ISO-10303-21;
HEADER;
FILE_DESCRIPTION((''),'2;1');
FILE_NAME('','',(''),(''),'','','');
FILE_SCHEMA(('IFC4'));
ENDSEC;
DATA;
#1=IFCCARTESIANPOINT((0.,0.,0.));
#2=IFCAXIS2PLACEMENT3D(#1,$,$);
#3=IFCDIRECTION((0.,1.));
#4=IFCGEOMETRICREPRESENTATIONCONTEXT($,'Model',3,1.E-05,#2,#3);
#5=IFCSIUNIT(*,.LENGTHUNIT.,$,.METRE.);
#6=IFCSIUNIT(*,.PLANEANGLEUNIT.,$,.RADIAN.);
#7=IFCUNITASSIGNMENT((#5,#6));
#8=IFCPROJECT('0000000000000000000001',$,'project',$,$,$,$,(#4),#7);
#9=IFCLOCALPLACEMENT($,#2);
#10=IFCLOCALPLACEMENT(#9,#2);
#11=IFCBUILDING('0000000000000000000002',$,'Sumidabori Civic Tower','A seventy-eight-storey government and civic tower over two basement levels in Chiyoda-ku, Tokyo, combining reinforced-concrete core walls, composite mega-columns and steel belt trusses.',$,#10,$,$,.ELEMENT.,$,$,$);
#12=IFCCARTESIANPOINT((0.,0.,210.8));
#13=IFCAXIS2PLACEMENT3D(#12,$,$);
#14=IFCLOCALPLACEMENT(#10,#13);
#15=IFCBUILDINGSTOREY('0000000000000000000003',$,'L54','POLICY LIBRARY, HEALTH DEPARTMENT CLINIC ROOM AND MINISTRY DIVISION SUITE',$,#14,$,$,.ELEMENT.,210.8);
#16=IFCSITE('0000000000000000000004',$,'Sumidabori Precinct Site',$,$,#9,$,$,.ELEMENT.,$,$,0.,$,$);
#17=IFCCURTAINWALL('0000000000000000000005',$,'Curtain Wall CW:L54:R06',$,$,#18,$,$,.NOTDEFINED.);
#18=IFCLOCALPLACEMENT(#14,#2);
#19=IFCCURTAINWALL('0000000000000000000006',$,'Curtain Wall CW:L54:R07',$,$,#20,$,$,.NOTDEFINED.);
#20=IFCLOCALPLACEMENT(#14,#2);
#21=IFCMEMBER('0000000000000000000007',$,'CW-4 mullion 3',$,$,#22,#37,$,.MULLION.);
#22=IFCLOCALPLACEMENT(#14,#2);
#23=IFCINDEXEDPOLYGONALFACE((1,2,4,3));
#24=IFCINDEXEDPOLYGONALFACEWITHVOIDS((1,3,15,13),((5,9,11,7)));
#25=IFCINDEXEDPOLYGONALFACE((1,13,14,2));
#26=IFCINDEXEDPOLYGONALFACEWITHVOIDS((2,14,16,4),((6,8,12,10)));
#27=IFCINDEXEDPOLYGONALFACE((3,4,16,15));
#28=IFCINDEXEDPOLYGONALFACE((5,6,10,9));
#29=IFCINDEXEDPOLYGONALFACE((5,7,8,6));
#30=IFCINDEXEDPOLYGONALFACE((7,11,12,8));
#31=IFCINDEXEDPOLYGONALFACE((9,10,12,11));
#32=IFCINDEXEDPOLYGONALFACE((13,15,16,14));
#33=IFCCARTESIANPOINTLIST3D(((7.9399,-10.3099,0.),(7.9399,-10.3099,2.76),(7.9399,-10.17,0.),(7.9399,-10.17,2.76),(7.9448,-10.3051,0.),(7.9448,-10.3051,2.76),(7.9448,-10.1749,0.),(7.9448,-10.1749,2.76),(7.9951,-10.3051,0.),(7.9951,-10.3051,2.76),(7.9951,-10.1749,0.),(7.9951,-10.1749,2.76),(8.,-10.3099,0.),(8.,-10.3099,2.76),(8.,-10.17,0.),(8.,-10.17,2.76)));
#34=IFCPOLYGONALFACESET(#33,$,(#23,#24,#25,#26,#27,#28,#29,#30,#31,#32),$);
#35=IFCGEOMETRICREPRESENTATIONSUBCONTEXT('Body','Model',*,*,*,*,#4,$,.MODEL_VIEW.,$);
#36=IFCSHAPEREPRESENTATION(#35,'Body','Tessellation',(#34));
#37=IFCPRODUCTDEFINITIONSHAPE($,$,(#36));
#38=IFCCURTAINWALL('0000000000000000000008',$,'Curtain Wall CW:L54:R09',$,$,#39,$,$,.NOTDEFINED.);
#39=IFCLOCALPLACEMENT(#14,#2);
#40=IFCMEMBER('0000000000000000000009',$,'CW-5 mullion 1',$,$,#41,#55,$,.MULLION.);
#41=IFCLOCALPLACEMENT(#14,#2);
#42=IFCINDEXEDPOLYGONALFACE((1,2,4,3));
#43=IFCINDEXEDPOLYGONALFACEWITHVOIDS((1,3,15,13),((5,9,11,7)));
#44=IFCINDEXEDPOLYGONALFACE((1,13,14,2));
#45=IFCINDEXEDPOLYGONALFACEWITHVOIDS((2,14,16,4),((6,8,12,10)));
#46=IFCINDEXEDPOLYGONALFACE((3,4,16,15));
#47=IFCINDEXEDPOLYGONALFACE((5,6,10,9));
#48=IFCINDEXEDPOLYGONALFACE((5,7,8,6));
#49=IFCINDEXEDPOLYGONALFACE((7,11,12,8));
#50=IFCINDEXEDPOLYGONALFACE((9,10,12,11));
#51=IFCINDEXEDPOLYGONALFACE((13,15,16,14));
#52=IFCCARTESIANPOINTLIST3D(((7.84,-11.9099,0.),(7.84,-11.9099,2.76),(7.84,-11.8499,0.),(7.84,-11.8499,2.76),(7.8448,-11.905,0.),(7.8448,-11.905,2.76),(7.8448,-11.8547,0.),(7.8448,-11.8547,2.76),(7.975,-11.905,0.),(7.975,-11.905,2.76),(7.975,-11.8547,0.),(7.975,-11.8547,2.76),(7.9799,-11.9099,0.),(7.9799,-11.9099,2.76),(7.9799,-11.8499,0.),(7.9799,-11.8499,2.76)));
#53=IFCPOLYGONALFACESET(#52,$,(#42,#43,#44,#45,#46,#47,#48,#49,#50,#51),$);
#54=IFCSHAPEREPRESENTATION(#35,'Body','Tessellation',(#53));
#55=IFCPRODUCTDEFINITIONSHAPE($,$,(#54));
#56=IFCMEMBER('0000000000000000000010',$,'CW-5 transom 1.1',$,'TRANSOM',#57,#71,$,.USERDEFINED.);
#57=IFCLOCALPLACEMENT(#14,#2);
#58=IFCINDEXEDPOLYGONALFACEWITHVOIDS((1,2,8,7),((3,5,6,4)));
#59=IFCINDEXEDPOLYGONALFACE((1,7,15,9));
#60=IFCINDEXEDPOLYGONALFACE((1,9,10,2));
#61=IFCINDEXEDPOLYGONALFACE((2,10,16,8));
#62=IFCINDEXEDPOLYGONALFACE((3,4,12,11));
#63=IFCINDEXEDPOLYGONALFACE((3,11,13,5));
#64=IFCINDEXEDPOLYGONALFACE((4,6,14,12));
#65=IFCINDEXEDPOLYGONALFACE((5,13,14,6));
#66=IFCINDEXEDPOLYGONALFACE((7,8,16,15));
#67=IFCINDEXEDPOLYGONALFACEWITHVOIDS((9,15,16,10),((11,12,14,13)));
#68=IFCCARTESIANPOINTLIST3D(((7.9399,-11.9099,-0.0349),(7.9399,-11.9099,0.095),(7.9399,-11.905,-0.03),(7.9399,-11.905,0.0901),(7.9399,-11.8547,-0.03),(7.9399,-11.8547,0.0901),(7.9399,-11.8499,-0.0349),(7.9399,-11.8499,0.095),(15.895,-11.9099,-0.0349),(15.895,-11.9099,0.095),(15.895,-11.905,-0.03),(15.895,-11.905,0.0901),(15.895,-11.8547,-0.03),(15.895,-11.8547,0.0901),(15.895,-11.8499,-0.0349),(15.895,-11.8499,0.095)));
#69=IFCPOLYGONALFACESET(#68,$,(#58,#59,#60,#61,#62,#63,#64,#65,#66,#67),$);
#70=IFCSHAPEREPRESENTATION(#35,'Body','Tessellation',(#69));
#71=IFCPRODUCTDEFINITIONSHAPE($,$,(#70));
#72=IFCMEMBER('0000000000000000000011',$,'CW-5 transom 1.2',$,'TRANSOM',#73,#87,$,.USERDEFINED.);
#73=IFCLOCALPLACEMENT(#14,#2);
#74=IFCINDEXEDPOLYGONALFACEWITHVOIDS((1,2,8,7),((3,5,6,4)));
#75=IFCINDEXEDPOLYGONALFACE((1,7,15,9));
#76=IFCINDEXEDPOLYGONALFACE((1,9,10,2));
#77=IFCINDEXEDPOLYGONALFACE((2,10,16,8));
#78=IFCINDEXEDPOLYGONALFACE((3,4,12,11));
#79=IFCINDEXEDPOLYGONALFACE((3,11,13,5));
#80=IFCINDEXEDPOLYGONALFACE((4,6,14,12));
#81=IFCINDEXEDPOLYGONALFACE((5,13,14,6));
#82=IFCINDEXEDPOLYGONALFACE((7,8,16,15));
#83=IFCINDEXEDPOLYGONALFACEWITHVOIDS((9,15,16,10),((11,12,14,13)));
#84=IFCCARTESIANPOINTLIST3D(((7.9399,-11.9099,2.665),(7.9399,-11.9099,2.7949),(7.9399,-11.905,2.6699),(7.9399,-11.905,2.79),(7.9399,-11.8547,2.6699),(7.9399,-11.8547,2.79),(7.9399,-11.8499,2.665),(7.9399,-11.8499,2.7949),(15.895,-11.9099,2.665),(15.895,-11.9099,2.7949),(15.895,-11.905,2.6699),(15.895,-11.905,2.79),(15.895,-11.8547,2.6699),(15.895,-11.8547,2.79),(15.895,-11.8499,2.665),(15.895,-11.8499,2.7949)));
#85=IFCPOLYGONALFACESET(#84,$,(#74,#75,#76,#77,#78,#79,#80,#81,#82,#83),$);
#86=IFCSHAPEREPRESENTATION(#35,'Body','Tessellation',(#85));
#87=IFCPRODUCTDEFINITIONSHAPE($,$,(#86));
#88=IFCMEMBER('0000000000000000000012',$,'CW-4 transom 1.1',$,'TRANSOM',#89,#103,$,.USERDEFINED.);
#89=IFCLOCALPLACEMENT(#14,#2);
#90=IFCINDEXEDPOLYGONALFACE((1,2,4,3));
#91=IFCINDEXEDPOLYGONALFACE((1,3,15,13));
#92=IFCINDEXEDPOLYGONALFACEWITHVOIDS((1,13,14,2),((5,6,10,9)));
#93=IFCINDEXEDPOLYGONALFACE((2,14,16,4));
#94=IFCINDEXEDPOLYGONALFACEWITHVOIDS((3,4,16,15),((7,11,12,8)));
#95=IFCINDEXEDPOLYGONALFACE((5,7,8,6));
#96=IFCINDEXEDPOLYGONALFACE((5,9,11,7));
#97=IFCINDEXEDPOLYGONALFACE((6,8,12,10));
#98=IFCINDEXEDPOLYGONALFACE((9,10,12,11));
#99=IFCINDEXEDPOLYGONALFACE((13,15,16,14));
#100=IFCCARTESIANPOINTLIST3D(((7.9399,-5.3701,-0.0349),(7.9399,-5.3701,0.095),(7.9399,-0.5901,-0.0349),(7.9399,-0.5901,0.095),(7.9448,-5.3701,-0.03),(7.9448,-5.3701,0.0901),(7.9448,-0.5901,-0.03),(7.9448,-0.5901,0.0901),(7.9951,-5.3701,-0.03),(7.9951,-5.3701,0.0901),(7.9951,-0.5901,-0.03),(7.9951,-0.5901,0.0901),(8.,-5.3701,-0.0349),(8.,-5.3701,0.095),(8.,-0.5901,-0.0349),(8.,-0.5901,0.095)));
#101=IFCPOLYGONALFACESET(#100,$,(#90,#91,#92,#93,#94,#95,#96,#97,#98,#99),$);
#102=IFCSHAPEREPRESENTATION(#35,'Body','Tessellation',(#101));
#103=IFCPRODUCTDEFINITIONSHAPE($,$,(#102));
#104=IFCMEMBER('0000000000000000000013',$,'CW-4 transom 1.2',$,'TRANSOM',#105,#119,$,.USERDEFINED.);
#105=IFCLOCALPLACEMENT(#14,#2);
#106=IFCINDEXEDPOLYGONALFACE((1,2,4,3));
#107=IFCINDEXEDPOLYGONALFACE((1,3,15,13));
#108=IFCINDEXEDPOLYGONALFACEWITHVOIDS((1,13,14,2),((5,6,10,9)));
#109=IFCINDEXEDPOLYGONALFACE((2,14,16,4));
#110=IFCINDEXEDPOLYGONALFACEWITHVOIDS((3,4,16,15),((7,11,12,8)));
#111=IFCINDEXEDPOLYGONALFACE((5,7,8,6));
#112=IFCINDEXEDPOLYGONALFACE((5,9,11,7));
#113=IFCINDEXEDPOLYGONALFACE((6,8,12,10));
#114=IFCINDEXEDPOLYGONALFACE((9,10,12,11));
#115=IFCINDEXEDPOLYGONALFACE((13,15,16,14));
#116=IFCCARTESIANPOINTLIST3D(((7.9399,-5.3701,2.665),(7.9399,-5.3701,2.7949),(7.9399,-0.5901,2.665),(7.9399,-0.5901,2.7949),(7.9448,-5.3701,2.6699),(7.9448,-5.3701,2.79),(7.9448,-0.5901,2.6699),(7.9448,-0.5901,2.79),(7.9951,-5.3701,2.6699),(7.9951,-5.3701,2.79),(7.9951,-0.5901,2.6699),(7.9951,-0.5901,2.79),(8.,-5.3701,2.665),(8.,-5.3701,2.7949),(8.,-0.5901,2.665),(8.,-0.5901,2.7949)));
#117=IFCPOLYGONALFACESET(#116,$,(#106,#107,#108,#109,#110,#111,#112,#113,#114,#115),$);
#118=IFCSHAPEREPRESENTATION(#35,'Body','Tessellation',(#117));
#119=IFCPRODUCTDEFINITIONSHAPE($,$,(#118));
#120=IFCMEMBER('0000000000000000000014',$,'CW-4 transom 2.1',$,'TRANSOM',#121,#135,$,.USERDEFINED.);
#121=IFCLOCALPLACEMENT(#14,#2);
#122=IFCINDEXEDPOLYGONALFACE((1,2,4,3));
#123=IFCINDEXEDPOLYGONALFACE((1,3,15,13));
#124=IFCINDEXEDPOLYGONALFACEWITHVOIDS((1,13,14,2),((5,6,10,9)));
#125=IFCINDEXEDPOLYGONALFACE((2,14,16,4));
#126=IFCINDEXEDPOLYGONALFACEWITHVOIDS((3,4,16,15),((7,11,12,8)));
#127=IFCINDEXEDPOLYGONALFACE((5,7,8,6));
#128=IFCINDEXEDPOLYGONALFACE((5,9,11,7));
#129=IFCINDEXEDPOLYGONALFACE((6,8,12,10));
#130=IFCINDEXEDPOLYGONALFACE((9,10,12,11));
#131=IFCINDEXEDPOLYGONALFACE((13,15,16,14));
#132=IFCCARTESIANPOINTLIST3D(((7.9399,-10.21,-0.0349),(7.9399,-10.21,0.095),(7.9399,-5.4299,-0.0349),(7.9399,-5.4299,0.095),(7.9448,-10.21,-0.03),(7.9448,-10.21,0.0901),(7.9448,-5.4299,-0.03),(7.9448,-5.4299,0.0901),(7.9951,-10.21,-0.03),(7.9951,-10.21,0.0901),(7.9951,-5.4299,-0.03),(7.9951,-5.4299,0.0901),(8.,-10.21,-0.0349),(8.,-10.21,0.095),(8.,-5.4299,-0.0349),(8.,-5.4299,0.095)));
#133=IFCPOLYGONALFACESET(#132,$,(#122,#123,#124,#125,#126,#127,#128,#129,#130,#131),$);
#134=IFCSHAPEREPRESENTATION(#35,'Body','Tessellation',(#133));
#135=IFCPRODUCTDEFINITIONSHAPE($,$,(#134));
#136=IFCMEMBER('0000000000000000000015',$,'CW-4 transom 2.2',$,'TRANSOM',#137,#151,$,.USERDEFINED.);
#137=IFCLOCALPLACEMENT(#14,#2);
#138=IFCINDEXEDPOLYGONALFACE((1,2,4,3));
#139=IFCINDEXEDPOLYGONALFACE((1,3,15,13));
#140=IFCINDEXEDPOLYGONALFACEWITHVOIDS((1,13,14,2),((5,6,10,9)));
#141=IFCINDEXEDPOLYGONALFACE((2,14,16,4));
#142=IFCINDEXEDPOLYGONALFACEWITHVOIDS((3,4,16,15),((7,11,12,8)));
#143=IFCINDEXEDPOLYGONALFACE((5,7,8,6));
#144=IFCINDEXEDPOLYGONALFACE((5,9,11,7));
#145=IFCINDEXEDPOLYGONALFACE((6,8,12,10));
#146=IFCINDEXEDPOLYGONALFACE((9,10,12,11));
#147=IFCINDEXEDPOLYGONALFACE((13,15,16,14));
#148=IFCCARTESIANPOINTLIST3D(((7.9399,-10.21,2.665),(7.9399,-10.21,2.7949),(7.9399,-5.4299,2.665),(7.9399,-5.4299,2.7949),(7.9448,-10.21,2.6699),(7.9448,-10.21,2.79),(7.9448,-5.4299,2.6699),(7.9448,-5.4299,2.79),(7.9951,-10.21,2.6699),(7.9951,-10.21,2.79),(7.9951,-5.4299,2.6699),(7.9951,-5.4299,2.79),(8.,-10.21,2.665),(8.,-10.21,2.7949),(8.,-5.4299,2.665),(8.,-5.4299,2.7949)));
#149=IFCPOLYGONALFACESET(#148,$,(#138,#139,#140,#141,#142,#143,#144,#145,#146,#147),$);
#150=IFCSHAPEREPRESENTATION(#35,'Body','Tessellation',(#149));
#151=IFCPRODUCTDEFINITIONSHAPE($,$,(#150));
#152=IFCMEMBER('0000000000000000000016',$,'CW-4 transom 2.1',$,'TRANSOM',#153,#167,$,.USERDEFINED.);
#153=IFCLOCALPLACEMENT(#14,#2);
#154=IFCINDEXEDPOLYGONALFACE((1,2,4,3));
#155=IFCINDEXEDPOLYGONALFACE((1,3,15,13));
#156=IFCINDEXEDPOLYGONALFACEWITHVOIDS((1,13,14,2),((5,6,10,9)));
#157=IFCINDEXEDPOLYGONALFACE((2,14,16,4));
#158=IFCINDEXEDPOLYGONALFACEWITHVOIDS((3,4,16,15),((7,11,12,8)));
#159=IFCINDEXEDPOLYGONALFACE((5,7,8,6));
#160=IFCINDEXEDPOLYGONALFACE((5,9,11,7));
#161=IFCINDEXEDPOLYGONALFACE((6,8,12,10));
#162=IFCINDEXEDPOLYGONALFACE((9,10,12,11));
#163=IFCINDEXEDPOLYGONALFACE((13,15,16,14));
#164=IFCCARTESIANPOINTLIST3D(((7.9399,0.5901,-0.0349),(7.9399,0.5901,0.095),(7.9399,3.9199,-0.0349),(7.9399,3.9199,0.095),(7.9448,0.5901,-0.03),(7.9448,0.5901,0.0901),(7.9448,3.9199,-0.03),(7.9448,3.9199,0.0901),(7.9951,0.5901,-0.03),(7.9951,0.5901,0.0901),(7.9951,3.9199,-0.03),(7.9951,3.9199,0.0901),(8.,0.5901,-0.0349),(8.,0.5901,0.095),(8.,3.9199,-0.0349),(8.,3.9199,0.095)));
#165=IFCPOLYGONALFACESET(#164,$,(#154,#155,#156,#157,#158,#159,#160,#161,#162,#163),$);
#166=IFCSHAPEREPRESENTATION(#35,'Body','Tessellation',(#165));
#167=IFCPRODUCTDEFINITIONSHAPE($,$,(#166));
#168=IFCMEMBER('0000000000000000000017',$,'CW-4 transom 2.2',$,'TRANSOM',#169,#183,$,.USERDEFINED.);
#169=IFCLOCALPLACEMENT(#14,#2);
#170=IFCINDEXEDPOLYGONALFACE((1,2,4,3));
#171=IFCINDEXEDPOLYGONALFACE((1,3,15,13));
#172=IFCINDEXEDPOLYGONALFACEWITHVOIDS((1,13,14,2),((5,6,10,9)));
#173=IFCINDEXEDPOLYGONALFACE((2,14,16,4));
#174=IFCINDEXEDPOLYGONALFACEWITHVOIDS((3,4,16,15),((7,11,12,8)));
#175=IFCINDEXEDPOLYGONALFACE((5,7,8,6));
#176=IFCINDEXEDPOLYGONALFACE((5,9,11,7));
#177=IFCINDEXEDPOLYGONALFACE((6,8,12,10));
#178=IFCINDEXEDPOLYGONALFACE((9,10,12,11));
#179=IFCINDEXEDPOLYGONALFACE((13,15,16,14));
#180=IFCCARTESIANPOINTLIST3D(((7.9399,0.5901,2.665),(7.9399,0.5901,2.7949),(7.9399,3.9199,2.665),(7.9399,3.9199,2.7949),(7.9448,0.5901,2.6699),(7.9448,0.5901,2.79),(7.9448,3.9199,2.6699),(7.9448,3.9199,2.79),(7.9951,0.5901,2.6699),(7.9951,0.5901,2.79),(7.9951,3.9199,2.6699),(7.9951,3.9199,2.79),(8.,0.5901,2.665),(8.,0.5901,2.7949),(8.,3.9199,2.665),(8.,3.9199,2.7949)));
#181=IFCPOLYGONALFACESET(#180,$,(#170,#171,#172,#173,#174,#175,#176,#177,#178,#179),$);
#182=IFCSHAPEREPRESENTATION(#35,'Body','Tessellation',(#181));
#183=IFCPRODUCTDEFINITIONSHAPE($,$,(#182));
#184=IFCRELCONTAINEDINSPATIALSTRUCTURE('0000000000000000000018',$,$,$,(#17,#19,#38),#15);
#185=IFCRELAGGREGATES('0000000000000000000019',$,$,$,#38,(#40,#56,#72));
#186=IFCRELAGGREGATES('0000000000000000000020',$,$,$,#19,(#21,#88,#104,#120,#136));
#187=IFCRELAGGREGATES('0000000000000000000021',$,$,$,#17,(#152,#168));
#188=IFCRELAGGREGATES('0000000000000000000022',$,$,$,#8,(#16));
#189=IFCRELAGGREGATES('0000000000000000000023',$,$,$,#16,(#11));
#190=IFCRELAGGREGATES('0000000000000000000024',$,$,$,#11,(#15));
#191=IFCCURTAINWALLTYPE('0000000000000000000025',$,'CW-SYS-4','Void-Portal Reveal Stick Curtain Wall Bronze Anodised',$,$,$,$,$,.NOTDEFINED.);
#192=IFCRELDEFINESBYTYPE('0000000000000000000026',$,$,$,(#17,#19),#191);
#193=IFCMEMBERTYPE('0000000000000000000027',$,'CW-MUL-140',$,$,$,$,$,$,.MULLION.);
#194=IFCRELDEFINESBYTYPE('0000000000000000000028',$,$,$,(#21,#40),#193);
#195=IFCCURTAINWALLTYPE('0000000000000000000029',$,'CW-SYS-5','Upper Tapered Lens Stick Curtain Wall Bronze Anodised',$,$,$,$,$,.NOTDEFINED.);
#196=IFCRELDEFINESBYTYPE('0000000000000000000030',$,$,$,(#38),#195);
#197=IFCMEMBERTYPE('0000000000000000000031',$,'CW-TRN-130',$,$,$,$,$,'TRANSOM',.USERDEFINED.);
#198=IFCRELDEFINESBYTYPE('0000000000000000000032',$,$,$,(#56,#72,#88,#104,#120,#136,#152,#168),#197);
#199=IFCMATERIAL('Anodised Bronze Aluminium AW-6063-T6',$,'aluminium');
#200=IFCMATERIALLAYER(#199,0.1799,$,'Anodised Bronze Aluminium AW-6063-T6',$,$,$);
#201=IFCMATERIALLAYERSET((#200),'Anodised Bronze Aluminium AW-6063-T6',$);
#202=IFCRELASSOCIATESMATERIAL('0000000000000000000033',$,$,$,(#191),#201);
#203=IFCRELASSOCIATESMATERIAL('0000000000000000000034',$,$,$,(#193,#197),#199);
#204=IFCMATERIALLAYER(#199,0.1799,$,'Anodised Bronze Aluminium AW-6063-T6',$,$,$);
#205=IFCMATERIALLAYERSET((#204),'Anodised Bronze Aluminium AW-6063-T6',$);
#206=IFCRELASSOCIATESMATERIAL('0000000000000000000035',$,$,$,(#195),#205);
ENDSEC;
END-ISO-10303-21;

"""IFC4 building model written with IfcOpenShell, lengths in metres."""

from ifc_helpers import new_model, si_unit, direction, frame, origin, origin_2d, place, context, subcontext, project, spatial, hollow_rectangle, extrude, source, transform, mapped, material, layer, layer_set, material_profile, profile_set, type_object, element, aggregate, save


model = new_model("IFC4")

# Units and contexts
model_context = context("Model", 3, precision=1e-05, world=origin(), true_north=direction((0.0, 1.0)))
body_context = subcontext(model_context, "Body", "Model", "MODEL_VIEW")
ifc_project = project(units=[si_unit("LENGTHUNIT", "METRE"), si_unit("PLANEANGLEUNIT", "RADIAN")], contexts=[model_context])

# Site, building, storey
site_placement = place(None, origin())
site = spatial("IfcSite", under=ifc_project, at=site_placement, Name="Sumidabori Precinct Site", CompositionType="ELEMENT", RefElevation=0.0)
building_placement = place(site_placement, origin())
building = spatial("IfcBuilding", under=site, at=building_placement, Name="Sumidabori Civic Tower", Description="A seventy-eight-storey government and civic tower over two basement levels in Chiyoda-ku, Tokyo, combining reinforced-concrete core walls, composite mega-columns and steel belt trusses.", CompositionType="ELEMENT")
storey_placement = place(building_placement, frame((0.0, 0.0, 210.8)))
storey = spatial("IfcBuildingStorey", under=building, at=storey_placement, Name="L54", Description="POLICY LIBRARY, HEALTH DEPARTMENT CLINIC ROOM AND MINISTRY DIVISION SUITE", CompositionType="ELEMENT", Elevation=210.8)

# Curtain walls, members
ifc_material_1 = material(Name="Anodised Bronze Aluminium AW-6063-T6", Category="aluminium")
ifc_layer_1 = layer(ifc_material_1, 0.1799, Name="Anodised Bronze Aluminium AW-6063-T6")
ifc_layer_set_1 = layer_set([ifc_layer_1], Name="Anodised Bronze Aluminium AW-6063-T6")
curtain_wall_type_1 = type_object("IfcCurtainWallType", Name="CW-SYS-4", Description="Void-Portal Reveal Stick Curtain Wall Bronze Anodised", PredefinedType="NOTDEFINED", material=ifc_layer_set_1)
curtain_wall_1_placement = place(storey_placement, origin())
curtain_wall_1 = element("IfcCurtainWall", 1, at=curtain_wall_1_placement, inside=storey, type_object=curtain_wall_type_1, Name="Curtain Wall CW:L54:R06", PredefinedType="NOTDEFINED")
ifc_material_profile_1 = material_profile(ifc_material_1, hollow_rectangle(XDim=0.0601, YDim=0.1399, WallThickness=0.0049, at=origin_2d()), Name="ALU MULLION 140x60")
ifc_profile_set_1 = profile_set([ifc_material_profile_1], Name="Anodised Bronze Aluminium AW-6063-T6")
member_type_1 = type_object("IfcMemberType", Name="CW-MUL-140", PredefinedType="MULLION", material=ifc_profile_set_1)
shared_shape_1 = source(origin(), body_context, "Body", "SweptSolid", [
    extrude(hollow_rectangle(XDim=0.0601, YDim=0.1399, WallThickness=0.0049, at=origin_2d()), origin(), (0.0, 0.0, 1.0), 2.76),
])
curtain_wall_2_placement = place(storey_placement, origin())
curtain_wall_2 = element("IfcCurtainWall", 2, at=curtain_wall_2_placement, inside=storey, type_object=curtain_wall_type_1, Name="Curtain Wall CW:L54:R07", PredefinedType="NOTDEFINED")
member_1_placement = place(storey_placement, frame((7.97, -10.24, 0.0), z_axis=(0.0, 0.0, 1.0), x_axis=(1.0, 0.0, 0.0)))
member_1 = element("IfcMember", 3, at=member_1_placement, type_object=member_type_1, Name="CW-4 mullion 3", PredefinedType="MULLION", context=body_context, shape_type="MappedRepresentation", body=[
    mapped(shared_shape_1, transform((0.0, 0.0, 0.0), x_axis=(1.0, 0.0, 0.0), y_axis=(0.0, 1.0, 0.0), z_axis=(0.0, 0.0, 1.0), scale=1.0)),
])
ifc_layer_2 = layer(ifc_material_1, 0.1799, Name="Anodised Bronze Aluminium AW-6063-T6")
ifc_layer_set_2 = layer_set([ifc_layer_2], Name="Anodised Bronze Aluminium AW-6063-T6")
curtain_wall_type_2 = type_object("IfcCurtainWallType", Name="CW-SYS-5", Description="Upper Tapered Lens Stick Curtain Wall Bronze Anodised", PredefinedType="NOTDEFINED", material=ifc_layer_set_2)
curtain_wall_3_placement = place(storey_placement, origin())
curtain_wall_3 = element("IfcCurtainWall", 4, at=curtain_wall_3_placement, inside=storey, type_object=curtain_wall_type_2, Name="Curtain Wall CW:L54:R09", PredefinedType="NOTDEFINED")
member_2_placement = place(storey_placement, frame((7.9099, -11.8799, 0.0), z_axis=(0.0, 0.0, 1.0), x_axis=(0.0, 1.0, 0.0)))
member_2 = element("IfcMember", 5, at=member_2_placement, type_object=member_type_1, Name="CW-5 mullion 1", PredefinedType="MULLION", context=body_context, shape_type="MappedRepresentation", body=[
    mapped(shared_shape_1, transform((0.0, 0.0, 0.0), x_axis=(1.0, 0.0, 0.0), y_axis=(0.0, 1.0, 0.0), z_axis=(0.0, 0.0, 1.0), scale=1.0)),
])
ifc_material_profile_2 = material_profile(ifc_material_1, hollow_rectangle(XDim=0.0601, YDim=0.1299, WallThickness=0.0049, at=origin_2d()), Name="ALU TRANSOM 130x60")
ifc_profile_set_2 = profile_set([ifc_material_profile_2], Name="Anodised Bronze Aluminium AW-6063-T6")
member_type_2 = type_object("IfcMemberType", Name="CW-TRN-130", ElementType="TRANSOM", PredefinedType="USERDEFINED", material=ifc_profile_set_2)
shared_shape_2 = source(origin(), body_context, "Body", "SweptSolid", [
    extrude(hollow_rectangle(XDim=0.0601, YDim=0.1299, WallThickness=0.0049, at=origin_2d()), origin(), (0.0, 0.0, 1.0), 7.9551),
])
member_3_placement = place(storey_placement, frame((7.9399, -11.8799, 0.03), z_axis=(1.0, 0.0, 0.0), x_axis=(0.0, 1.0, 0.0)))
member_3 = element("IfcMember", 6, at=member_3_placement, type_object=member_type_2, Name="CW-5 transom 1.1", ObjectType="TRANSOM", PredefinedType="USERDEFINED", context=body_context, shape_type="MappedRepresentation", body=[
    mapped(shared_shape_2, transform((0.0, 0.0, 0.0), x_axis=(1.0, 0.0, 0.0), y_axis=(0.0, 1.0, 0.0), z_axis=(0.0, 0.0, 1.0), scale=1.0)),
])
member_4_placement = place(storey_placement, frame((7.9399, -11.8799, 2.73), z_axis=(1.0, 0.0, 0.0), x_axis=(0.0, 1.0, 0.0)))
member_4 = element("IfcMember", 7, at=member_4_placement, type_object=member_type_2, Name="CW-5 transom 1.2", ObjectType="TRANSOM", PredefinedType="USERDEFINED", context=body_context, shape_type="MappedRepresentation", body=[
    mapped(shared_shape_2, transform((0.0, 0.0, 0.0), x_axis=(1.0, 0.0, 0.0), y_axis=(0.0, 1.0, 0.0), z_axis=(0.0, 0.0, 1.0), scale=1.0)),
])
aggregate(curtain_wall_3, [member_2, member_3, member_4])

# Members
shared_shape_3 = source(origin(), body_context, "Body", "SweptSolid", [
    extrude(hollow_rectangle(XDim=0.0601, YDim=0.1299, WallThickness=0.0049, at=origin_2d()), origin(), (0.0, 0.0, 1.0), 4.78),
])
member_5_placement = place(storey_placement, frame((7.97, -0.5901, 0.03), z_axis=(0.0, -1.0, 0.0), x_axis=(1.0, 0.0, 0.0)))
member_5 = element("IfcMember", 8, at=member_5_placement, type_object=member_type_2, Name="CW-4 transom 1.1", ObjectType="TRANSOM", PredefinedType="USERDEFINED", context=body_context, shape_type="MappedRepresentation", body=[
    mapped(shared_shape_3, transform((0.0, 0.0, 0.0), x_axis=(1.0, 0.0, 0.0), y_axis=(0.0, 1.0, 0.0), z_axis=(0.0, 0.0, 1.0), scale=1.0)),
])
member_6_placement = place(storey_placement, frame((7.97, -0.5901, 2.73), z_axis=(0.0, -1.0, 0.0), x_axis=(1.0, 0.0, 0.0)))
member_6 = element("IfcMember", 9, at=member_6_placement, type_object=member_type_2, Name="CW-4 transom 1.2", ObjectType="TRANSOM", PredefinedType="USERDEFINED", context=body_context, shape_type="MappedRepresentation", body=[
    mapped(shared_shape_3, transform((0.0, 0.0, 0.0), x_axis=(1.0, 0.0, 0.0), y_axis=(0.0, 1.0, 0.0), z_axis=(0.0, 0.0, 1.0), scale=1.0)),
])
member_7_placement = place(storey_placement, frame((7.97, -5.4299, 0.03), z_axis=(0.0, -1.0, 0.0), x_axis=(1.0, 0.0, 0.0)))
member_7 = element("IfcMember", 10, at=member_7_placement, type_object=member_type_2, Name="CW-4 transom 2.1", ObjectType="TRANSOM", PredefinedType="USERDEFINED", context=body_context, shape_type="MappedRepresentation", body=[
    mapped(shared_shape_3, transform((0.0, 0.0, 0.0), x_axis=(1.0, 0.0, 0.0), y_axis=(0.0, 1.0, 0.0), z_axis=(0.0, 0.0, 1.0), scale=1.0)),
])
member_8_placement = place(storey_placement, frame((7.97, -5.4299, 2.73), z_axis=(0.0, -1.0, 0.0), x_axis=(1.0, 0.0, 0.0)))
member_8 = element("IfcMember", 11, at=member_8_placement, type_object=member_type_2, Name="CW-4 transom 2.2", ObjectType="TRANSOM", PredefinedType="USERDEFINED", context=body_context, shape_type="MappedRepresentation", body=[
    mapped(shared_shape_3, transform((0.0, 0.0, 0.0), x_axis=(1.0, 0.0, 0.0), y_axis=(0.0, 1.0, 0.0), z_axis=(0.0, 0.0, 1.0), scale=1.0)),
])
shared_shape_4 = source(origin(), body_context, "Body", "SweptSolid", [
    extrude(hollow_rectangle(XDim=0.0601, YDim=0.1299, WallThickness=0.0049, at=origin_2d()), origin(), (0.0, 0.0, 1.0), 3.3298),
])
member_9_placement = place(storey_placement, frame((7.97, 3.9199, 0.03), z_axis=(0.0, -1.0, 0.0), x_axis=(1.0, 0.0, 0.0)))
member_9 = element("IfcMember", 12, at=member_9_placement, type_object=member_type_2, Name="CW-4 transom 2.1", ObjectType="TRANSOM", PredefinedType="USERDEFINED", context=body_context, shape_type="MappedRepresentation", body=[
    mapped(shared_shape_4, transform((0.0, 0.0, 0.0), x_axis=(1.0, 0.0, 0.0), y_axis=(0.0, 1.0, 0.0), z_axis=(0.0, 0.0, 1.0), scale=1.0)),
])
member_10_placement = place(storey_placement, frame((7.97, 3.9199, 2.73), z_axis=(0.0, -1.0, 0.0), x_axis=(1.0, 0.0, 0.0)))
member_10 = element("IfcMember", 13, at=member_10_placement, type_object=member_type_2, Name="CW-4 transom 2.2", ObjectType="TRANSOM", PredefinedType="USERDEFINED", context=body_context, shape_type="MappedRepresentation", body=[
    mapped(shared_shape_4, transform((0.0, 0.0, 0.0), x_axis=(1.0, 0.0, 0.0), y_axis=(0.0, 1.0, 0.0), z_axis=(0.0, 0.0, 1.0), scale=1.0)),
])

aggregate(curtain_wall_2, [member_1, member_5, member_6, member_7, member_8])
aggregate(curtain_wall_1, [member_9, member_10])

save(model, "model.ifc")
